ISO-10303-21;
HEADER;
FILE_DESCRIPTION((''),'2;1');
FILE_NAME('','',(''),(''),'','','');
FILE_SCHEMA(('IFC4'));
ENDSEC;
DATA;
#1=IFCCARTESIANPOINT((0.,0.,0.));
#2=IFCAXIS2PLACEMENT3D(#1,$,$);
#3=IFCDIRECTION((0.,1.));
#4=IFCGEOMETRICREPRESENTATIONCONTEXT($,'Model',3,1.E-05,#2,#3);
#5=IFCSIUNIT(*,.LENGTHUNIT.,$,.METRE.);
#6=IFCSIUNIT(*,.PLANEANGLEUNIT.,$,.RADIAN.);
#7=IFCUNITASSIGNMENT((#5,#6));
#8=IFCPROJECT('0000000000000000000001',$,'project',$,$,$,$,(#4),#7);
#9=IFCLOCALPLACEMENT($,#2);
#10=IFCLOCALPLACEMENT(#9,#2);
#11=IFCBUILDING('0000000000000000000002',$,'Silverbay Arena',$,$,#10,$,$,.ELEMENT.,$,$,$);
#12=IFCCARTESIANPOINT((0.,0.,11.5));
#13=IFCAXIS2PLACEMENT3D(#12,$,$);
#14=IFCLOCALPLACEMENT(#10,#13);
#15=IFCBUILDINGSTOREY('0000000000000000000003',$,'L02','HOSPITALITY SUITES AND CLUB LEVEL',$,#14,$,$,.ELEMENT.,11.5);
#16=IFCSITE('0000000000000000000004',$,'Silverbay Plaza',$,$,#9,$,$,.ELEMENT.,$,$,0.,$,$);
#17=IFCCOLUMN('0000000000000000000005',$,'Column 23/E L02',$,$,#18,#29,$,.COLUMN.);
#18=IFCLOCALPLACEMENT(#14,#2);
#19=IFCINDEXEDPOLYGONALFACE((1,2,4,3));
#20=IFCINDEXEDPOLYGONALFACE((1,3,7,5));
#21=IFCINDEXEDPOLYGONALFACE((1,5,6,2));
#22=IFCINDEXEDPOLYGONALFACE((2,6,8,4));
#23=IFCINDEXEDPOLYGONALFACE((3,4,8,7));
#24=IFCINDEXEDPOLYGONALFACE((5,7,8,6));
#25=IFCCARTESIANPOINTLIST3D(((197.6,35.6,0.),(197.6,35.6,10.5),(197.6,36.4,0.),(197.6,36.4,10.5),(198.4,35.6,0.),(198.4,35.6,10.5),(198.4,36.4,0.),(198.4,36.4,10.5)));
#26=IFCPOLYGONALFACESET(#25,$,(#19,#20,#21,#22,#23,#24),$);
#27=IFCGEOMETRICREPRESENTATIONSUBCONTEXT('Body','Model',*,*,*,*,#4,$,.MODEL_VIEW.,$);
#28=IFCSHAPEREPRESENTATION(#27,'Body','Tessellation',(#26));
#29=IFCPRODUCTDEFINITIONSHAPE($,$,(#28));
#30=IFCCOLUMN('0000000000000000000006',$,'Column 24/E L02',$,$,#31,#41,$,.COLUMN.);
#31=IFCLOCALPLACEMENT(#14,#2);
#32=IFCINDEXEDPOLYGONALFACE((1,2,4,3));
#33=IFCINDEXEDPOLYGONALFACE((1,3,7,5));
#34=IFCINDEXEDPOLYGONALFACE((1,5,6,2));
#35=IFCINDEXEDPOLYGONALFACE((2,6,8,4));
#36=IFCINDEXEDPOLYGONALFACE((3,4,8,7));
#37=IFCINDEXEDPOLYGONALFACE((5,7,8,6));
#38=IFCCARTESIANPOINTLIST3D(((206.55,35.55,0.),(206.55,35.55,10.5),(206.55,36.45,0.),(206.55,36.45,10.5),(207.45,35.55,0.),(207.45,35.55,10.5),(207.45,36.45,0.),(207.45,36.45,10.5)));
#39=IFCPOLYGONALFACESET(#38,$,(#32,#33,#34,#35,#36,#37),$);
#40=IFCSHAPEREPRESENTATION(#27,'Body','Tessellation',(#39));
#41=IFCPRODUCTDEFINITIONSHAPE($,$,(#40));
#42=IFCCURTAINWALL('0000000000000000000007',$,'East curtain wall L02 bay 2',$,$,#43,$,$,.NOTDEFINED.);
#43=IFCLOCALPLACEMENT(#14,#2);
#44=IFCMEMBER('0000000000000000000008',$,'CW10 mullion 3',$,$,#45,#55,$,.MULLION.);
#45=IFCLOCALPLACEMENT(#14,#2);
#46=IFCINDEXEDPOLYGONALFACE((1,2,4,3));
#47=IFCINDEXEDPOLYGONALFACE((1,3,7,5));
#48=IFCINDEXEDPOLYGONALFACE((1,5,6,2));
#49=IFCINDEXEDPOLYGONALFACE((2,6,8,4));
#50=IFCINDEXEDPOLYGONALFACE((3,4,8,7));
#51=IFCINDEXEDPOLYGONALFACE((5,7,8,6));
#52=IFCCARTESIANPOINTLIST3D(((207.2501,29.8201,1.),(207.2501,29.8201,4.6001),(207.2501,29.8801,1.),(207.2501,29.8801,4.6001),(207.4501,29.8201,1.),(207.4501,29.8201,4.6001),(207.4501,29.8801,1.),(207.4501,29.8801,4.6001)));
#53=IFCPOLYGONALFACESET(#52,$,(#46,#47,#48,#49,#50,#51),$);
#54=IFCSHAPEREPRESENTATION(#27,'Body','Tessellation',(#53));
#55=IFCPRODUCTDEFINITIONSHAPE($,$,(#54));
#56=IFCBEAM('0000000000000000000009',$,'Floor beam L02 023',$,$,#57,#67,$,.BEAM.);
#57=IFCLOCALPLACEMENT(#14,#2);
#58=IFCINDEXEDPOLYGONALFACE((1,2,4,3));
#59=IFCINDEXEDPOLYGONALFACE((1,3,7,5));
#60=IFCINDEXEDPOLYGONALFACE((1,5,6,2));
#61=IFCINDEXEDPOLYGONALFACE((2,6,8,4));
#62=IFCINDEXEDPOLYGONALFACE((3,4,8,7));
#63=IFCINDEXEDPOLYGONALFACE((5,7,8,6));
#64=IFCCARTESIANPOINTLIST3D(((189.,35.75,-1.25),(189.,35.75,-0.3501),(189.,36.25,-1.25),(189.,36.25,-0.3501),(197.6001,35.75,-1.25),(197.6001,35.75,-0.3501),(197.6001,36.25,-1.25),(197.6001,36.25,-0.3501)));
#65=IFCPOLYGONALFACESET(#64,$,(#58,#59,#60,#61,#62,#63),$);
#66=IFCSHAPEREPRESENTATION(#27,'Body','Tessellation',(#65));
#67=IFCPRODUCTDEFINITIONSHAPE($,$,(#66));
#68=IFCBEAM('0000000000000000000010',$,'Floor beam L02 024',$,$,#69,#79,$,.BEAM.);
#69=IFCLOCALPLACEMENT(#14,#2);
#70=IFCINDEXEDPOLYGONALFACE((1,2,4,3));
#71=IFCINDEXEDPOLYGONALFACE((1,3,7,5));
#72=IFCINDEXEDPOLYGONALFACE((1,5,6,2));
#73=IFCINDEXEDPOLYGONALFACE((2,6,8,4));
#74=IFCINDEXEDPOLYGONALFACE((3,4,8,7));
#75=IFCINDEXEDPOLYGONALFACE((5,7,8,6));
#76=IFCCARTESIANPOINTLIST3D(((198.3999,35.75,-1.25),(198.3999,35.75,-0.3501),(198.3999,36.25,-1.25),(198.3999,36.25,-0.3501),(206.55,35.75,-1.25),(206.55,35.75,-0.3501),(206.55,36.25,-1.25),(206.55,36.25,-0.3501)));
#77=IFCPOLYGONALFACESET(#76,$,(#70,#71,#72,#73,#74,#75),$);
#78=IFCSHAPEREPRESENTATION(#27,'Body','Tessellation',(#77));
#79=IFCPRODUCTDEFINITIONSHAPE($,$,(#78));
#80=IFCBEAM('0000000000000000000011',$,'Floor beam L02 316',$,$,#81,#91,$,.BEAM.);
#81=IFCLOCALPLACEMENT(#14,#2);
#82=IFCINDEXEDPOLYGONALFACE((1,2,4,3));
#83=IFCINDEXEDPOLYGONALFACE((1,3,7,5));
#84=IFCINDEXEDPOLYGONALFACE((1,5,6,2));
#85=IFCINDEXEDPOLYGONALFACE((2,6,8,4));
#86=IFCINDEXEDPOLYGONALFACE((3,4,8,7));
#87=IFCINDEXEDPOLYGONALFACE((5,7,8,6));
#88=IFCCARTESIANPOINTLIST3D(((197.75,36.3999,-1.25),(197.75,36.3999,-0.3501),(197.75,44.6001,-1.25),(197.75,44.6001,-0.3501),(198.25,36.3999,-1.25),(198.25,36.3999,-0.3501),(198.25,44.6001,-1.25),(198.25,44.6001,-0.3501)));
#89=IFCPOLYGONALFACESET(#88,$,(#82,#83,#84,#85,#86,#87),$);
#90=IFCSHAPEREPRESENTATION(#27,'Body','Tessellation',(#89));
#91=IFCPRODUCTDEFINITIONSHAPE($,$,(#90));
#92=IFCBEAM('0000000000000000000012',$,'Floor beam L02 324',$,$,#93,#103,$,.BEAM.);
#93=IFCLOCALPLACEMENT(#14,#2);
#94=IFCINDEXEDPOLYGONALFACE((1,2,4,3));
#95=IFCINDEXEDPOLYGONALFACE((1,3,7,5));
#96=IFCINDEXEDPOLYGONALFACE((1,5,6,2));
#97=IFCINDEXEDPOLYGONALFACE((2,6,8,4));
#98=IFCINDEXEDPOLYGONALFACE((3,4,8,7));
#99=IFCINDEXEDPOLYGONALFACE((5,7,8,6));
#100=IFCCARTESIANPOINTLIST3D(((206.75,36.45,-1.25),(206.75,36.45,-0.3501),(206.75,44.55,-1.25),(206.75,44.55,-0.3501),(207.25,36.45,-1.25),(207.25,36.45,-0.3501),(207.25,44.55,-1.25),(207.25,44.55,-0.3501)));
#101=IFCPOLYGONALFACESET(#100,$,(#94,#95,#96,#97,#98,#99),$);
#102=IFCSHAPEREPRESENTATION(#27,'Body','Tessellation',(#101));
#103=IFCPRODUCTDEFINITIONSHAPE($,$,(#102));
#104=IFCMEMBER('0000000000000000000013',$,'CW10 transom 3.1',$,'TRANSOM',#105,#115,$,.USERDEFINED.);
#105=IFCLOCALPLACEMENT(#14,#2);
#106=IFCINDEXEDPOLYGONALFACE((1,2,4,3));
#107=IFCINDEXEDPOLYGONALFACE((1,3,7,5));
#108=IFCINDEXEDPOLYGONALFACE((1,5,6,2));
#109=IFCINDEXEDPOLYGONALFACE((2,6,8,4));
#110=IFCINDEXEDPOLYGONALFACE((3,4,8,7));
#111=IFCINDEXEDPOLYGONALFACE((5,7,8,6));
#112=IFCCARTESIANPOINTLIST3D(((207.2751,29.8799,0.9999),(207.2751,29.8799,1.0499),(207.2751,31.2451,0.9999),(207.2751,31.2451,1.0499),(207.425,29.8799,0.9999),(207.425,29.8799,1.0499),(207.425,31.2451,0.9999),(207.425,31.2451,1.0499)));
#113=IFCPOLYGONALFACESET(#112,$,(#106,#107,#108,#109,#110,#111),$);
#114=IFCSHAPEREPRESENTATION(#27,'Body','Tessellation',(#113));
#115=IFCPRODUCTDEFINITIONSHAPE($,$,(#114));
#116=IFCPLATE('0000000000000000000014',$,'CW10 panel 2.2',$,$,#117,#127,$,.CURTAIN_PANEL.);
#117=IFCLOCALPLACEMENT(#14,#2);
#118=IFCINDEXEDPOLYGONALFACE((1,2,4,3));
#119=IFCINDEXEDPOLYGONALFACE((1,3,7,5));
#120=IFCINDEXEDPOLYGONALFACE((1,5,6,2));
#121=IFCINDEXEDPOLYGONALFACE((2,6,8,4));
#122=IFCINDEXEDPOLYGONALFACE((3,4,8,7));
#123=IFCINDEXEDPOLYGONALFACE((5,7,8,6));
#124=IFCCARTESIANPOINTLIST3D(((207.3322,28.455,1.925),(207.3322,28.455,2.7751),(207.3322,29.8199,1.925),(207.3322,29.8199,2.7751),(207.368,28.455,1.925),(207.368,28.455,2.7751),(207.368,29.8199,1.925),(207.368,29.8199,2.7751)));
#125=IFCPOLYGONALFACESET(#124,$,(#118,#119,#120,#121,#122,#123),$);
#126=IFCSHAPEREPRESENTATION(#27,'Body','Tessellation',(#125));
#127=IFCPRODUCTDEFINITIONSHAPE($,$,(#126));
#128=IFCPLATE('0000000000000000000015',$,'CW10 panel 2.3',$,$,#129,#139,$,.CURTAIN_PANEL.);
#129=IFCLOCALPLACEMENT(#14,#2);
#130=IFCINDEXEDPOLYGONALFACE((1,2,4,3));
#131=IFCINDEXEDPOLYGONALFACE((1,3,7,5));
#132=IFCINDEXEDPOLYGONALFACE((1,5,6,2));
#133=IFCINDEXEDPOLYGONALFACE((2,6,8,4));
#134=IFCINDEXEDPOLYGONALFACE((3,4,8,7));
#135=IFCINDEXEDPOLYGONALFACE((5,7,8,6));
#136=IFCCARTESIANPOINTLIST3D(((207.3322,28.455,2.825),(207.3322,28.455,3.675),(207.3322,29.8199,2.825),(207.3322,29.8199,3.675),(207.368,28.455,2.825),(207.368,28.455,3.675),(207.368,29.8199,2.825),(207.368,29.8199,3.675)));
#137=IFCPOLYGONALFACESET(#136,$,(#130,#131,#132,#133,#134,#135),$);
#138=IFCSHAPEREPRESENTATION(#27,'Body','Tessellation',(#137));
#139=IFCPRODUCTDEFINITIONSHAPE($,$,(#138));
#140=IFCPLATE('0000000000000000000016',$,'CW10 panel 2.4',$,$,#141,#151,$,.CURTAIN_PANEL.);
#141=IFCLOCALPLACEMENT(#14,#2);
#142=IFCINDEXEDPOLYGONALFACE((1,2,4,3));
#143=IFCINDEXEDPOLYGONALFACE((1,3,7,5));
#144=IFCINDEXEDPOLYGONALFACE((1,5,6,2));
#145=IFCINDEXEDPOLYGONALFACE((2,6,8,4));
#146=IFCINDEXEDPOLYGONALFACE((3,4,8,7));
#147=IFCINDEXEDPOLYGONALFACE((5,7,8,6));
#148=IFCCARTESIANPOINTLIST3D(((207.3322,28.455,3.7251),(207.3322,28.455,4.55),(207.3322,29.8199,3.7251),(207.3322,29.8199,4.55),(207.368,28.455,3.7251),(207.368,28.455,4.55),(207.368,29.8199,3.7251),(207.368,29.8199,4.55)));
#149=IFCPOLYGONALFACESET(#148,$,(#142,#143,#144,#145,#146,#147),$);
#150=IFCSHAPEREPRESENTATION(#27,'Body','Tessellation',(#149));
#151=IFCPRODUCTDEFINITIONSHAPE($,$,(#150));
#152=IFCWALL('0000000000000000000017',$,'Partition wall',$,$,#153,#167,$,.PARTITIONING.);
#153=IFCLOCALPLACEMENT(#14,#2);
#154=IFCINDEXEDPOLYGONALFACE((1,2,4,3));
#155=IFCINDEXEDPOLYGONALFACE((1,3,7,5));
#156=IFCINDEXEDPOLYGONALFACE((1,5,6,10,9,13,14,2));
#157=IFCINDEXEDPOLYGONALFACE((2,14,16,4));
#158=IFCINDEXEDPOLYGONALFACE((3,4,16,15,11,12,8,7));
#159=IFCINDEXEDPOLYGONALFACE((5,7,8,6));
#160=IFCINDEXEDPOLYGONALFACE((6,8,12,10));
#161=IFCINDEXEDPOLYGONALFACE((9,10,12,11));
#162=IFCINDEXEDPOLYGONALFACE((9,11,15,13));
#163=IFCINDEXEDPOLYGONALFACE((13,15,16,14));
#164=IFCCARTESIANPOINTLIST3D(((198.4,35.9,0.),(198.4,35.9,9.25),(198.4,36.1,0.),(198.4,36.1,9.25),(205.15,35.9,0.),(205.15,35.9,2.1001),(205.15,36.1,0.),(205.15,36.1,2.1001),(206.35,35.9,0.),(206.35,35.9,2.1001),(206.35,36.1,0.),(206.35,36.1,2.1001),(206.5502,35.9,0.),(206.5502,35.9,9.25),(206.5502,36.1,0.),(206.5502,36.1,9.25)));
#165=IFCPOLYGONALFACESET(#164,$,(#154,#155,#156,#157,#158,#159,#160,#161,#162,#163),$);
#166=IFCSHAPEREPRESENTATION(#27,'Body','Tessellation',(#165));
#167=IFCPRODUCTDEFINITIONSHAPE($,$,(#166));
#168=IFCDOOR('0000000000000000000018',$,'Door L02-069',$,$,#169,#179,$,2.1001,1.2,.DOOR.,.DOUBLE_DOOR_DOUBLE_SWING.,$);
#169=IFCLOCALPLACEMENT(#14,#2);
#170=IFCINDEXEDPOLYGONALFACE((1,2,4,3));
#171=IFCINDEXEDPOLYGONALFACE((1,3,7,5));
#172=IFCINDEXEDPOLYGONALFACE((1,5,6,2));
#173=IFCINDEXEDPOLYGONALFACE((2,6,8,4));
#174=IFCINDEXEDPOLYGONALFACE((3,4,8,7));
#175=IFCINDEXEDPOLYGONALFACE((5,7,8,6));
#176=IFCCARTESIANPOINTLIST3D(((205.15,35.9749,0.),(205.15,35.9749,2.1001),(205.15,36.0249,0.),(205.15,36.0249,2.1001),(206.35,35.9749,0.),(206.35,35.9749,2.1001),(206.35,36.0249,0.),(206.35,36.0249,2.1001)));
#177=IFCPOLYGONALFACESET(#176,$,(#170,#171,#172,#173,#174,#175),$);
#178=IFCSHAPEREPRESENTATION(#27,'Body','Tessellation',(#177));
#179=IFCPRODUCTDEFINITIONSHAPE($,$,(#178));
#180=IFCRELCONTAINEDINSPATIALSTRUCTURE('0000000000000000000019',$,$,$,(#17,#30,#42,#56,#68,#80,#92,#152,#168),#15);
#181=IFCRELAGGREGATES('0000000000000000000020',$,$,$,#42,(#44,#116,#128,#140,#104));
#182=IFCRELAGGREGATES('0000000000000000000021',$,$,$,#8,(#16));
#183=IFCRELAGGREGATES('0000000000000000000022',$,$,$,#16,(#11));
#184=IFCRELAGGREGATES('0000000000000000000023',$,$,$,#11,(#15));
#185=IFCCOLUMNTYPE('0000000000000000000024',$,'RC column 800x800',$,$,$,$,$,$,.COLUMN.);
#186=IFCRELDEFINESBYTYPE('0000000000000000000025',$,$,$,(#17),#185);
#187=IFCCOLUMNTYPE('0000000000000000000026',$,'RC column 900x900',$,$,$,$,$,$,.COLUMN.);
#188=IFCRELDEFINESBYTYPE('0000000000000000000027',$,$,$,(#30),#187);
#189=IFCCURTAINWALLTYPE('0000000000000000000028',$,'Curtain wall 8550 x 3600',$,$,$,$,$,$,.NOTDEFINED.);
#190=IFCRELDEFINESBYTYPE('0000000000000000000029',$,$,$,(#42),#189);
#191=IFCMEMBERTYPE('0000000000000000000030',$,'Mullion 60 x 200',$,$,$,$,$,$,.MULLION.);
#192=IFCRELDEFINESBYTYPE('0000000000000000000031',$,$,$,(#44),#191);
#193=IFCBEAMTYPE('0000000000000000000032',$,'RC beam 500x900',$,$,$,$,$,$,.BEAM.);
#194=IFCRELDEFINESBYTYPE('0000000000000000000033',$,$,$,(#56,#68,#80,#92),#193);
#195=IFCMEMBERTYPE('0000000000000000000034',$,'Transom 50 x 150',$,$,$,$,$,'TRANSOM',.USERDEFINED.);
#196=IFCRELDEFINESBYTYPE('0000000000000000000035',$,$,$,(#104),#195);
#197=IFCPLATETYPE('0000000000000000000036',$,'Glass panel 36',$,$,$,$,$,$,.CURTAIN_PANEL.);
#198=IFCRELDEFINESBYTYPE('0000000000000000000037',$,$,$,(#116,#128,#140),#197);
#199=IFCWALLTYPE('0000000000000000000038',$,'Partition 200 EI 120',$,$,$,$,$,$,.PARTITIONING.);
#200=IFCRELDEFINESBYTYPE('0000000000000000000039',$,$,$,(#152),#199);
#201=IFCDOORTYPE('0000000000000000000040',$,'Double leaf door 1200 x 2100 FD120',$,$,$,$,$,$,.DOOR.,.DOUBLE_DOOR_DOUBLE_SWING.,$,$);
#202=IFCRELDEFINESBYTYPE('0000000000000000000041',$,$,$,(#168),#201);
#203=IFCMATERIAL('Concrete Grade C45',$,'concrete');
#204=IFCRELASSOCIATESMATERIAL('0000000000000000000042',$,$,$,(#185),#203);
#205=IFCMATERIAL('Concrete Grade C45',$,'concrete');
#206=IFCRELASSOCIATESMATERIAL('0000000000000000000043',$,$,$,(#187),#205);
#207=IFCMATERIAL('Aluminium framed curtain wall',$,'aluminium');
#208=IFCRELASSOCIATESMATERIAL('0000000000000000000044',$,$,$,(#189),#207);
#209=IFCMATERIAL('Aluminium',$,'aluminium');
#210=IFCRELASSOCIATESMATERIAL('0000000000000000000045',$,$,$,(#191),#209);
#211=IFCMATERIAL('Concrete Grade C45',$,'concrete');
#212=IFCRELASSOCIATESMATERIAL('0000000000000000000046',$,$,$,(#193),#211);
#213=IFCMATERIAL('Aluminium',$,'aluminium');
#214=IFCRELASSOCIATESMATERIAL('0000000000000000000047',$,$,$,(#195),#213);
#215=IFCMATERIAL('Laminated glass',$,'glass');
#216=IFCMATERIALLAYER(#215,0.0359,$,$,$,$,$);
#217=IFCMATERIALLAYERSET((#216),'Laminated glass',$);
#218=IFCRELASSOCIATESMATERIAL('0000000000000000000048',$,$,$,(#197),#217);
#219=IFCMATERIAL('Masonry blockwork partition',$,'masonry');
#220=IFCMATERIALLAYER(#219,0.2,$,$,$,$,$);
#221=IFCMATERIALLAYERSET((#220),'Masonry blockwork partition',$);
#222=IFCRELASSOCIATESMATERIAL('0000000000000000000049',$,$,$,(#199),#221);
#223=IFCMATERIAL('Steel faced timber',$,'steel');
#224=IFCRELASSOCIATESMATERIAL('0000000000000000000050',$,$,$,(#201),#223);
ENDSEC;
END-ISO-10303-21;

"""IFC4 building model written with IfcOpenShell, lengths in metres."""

from ifc_helpers import new_model, si_unit, direction, frame, frame_2d, origin, origin_2d, place, context, subcontext, project, spatial, rectangle, extrude, material, layer, layer_set, material_profile, profile_set, type_object, element, fill, aggregate, save


model = new_model("IFC4")

# Units and contexts
model_context = context("Model", 3, precision=1e-05, world=origin(), true_north=direction((0.0, 1.0)))
body_context = subcontext(model_context, "Body", "Model", "MODEL_VIEW")
ifc_project = project(units=[si_unit("LENGTHUNIT", "METRE"), si_unit("PLANEANGLEUNIT", "RADIAN")], contexts=[model_context])

# Site, building, storey
site_placement = place(None, origin())
site = spatial("IfcSite", under=ifc_project, at=site_placement, Name="Silverbay Plaza", CompositionType="ELEMENT", RefElevation=0.0)
building_placement = place(site_placement, origin())
building = spatial("IfcBuilding", under=site, at=building_placement, Name="Silverbay Arena", CompositionType="ELEMENT")
storey_placement = place(building_placement, frame((0.0, 0.0, 11.5)))
storey = spatial("IfcBuildingStorey", under=building, at=storey_placement, Name="L02", Description="HOSPITALITY SUITES AND CLUB LEVEL", CompositionType="ELEMENT", Elevation=11.5)

# Columns
ifc_material_1 = material(Name="Concrete Grade C45", Category="concrete")
ifc_material_profile_1 = material_profile(ifc_material_1, rectangle(XDim=0.8, YDim=0.8, at=origin_2d()), Name="RC 800x800")
ifc_profile_set_1 = profile_set([ifc_material_profile_1], Name="Concrete Grade C45")
column_type_1 = type_object("IfcColumnType", Name="RC column 800x800", PredefinedType="COLUMN", material=ifc_profile_set_1)
column_1_placement = place(storey_placement, frame((198.0, 36.0, 0.0), z_axis=(0.0, 0.0, 1.0), x_axis=(1.0, 0.0, 0.0)))
element("IfcColumn", 1, at=column_1_placement, inside=storey, type_object=column_type_1, Name="Column 23/E L02", PredefinedType="COLUMN", context=body_context, shape_type="SweptSolid", body=[
    extrude(rectangle(XDim=0.8, YDim=0.8, at=origin_2d()), origin(), (0.0, 0.0, 1.0), 10.5),
])
ifc_material_2 = material(Name="Concrete Grade C45", Category="concrete")
ifc_material_profile_2 = material_profile(ifc_material_2, rectangle(XDim=0.8999, YDim=0.8999, at=origin_2d()), Name="RC 900x900")
ifc_profile_set_2 = profile_set([ifc_material_profile_2], Name="Concrete Grade C45")
column_type_2 = type_object("IfcColumnType", Name="RC column 900x900", PredefinedType="COLUMN", material=ifc_profile_set_2)
column_2_placement = place(storey_placement, frame((207.0, 36.0, 0.0), z_axis=(0.0, 0.0, 1.0), x_axis=(1.0, 0.0, 0.0)))
element("IfcColumn", 2, at=column_2_placement, inside=storey, type_object=column_type_2, Name="Column 24/E L02", PredefinedType="COLUMN", context=body_context, shape_type="SweptSolid", body=[
    extrude(rectangle(XDim=0.8999, YDim=0.8999, at=origin_2d()), origin(), (0.0, 0.0, 1.0), 10.5),
])

# Curtain wall, member
ifc_material_3 = material(Name="Aluminium framed curtain wall", Category="aluminium")
curtain_wall_type = type_object("IfcCurtainWallType", Name="Curtain wall 8550 x 3600", PredefinedType="NOTDEFINED", material=ifc_material_3)
curtain_wall_placement = place(storey_placement, origin())
curtain_wall = element("IfcCurtainWall", 3, at=curtain_wall_placement, inside=storey, type_object=curtain_wall_type, Name="East curtain wall L02 bay 2", PredefinedType="NOTDEFINED")
ifc_material_4 = material(Name="Aluminium", Category="aluminium")
ifc_material_profile_3 = material_profile(ifc_material_4, rectangle(XDim=0.2, YDim=0.0601, at=origin_2d()), Name="Mullion 60 x 200")
ifc_profile_set_3 = profile_set([ifc_material_profile_3], Name="Aluminium")
member_type_1 = type_object("IfcMemberType", Name="Mullion 60 x 200", PredefinedType="MULLION", material=ifc_profile_set_3)
member_1_placement = place(storey_placement, frame((207.3501, 29.8501, 1.0), z_axis=(0.0, 0.0, 1.0), x_axis=(-1.0, 0.0, 0.0)))
member_1 = element("IfcMember", 4, at=member_1_placement, type_object=member_type_1, Name="CW10 mullion 3", PredefinedType="MULLION", context=body_context, shape_type="SweptSolid", body=[
    extrude(rectangle(XDim=0.2, YDim=0.0601, at=origin_2d()), origin(), (0.0, 0.0, 1.0), 3.6001),
])

# Beams
ifc_material_5 = material(Name="Concrete Grade C45", Category="concrete")
ifc_material_profile_4 = material_profile(ifc_material_5, rectangle(XDim=0.5, YDim=0.8999, at=origin_2d()), Name="RC 500x900")
ifc_profile_set_4 = profile_set([ifc_material_profile_4], Name="Concrete Grade C45")
beam_type = type_object("IfcBeamType", Name="RC beam 500x900", PredefinedType="BEAM", material=ifc_profile_set_4)
beam_1_placement = place(storey_placement, frame((189.0, 36.0, -0.8), z_axis=(1.0, 0.0, 0.0), x_axis=(0.0, 1.0, 0.0)))
element("IfcBeam", 5, at=beam_1_placement, inside=storey, type_object=beam_type, Name="Floor beam L02 023", PredefinedType="BEAM", context=body_context, shape_type="SweptSolid", body=[
    extrude(rectangle(XDim=0.5, YDim=0.8999, at=origin_2d()), origin(), (0.0, 0.0, 1.0), 8.6001),
])
beam_2_placement = place(storey_placement, frame((198.3999, 36.0, -0.8), z_axis=(1.0, 0.0, 0.0), x_axis=(0.0, 1.0, 0.0)))
element("IfcBeam", 6, at=beam_2_placement, inside=storey, type_object=beam_type, Name="Floor beam L02 024", PredefinedType="BEAM", context=body_context, shape_type="SweptSolid", body=[
    extrude(rectangle(XDim=0.5, YDim=0.8999, at=origin_2d()), origin(), (0.0, 0.0, 1.0), 8.1501),
])
beam_3_placement = place(storey_placement, frame((198.0, 36.3999, -0.8), z_axis=(0.0, 1.0, 0.0), x_axis=(-1.0, 0.0, 0.0)))
element("IfcBeam", 7, at=beam_3_placement, inside=storey, type_object=beam_type, Name="Floor beam L02 316", PredefinedType="BEAM", context=body_context, shape_type="SweptSolid", body=[
    extrude(rectangle(XDim=0.5, YDim=0.8999, at=origin_2d()), origin(), (0.0, 0.0, 1.0), 8.2002),
])
beam_4_placement = place(storey_placement, frame((207.0, 36.45, -0.8), z_axis=(0.0, 1.0, 0.0), x_axis=(-1.0, 0.0, 0.0)))
element("IfcBeam", 8, at=beam_4_placement, inside=storey, type_object=beam_type, Name="Floor beam L02 324", PredefinedType="BEAM", context=body_context, shape_type="SweptSolid", body=[
    extrude(rectangle(XDim=0.5, YDim=0.8999, at=origin_2d()), origin(), (0.0, 0.0, 1.0), 8.1001),
])

# Member
ifc_material_6 = material(Name="Aluminium", Category="aluminium")
ifc_material_profile_5 = material_profile(ifc_material_6, rectangle(XDim=0.1499, YDim=0.05, at=origin_2d()), Name="Transom 50 x 150")
ifc_profile_set_5 = profile_set([ifc_material_profile_5], Name="Aluminium")
member_type_2 = type_object("IfcMemberType", Name="Transom 50 x 150", ElementType="TRANSOM", PredefinedType="USERDEFINED", material=ifc_profile_set_5)
member_2_placement = place(storey_placement, frame((207.3501, 29.8799, 1.0249), z_axis=(0.0, 1.0, 0.0), x_axis=(-1.0, 0.0, 0.0)))
member_2 = element("IfcMember", 9, at=member_2_placement, type_object=member_type_2, Name="CW10 transom 3.1", ObjectType="TRANSOM", PredefinedType="USERDEFINED", context=body_context, shape_type="SweptSolid", body=[
    extrude(rectangle(XDim=0.1499, YDim=0.05, at=origin_2d()), origin(), (0.0, 0.0, 1.0), 1.3652),
])

# Plates
ifc_material_7 = material(Name="Laminated glass", Category="glass")
ifc_layer_1 = layer(ifc_material_7, 0.0359)
ifc_layer_set_1 = layer_set([ifc_layer_1], Name="Laminated glass")
plate_type = type_object("IfcPlateType", Name="Glass panel 36", PredefinedType="CURTAIN_PANEL", material=ifc_layer_set_1)
plate_1_placement = place(storey_placement, frame((207.3501, 29.1375, 1.925), z_axis=(0.0, 0.0, 1.0), x_axis=(0.0, 1.0, 0.0)))
plate_1 = element("IfcPlate", 10, at=plate_1_placement, type_object=plate_type, Name="CW10 panel 2.2", PredefinedType="CURTAIN_PANEL", context=body_context, shape_type="SweptSolid", body=[
    extrude(rectangle(XDim=1.365, YDim=0.0359, at=origin_2d()), origin(), (0.0, 0.0, 1.0), 0.8501),
])
plate_2_placement = place(storey_placement, frame((207.3501, 29.1375, 2.825), z_axis=(0.0, 0.0, 1.0), x_axis=(0.0, 1.0, 0.0)))
plate_2 = element("IfcPlate", 11, at=plate_2_placement, type_object=plate_type, Name="CW10 panel 2.3", PredefinedType="CURTAIN_PANEL", context=body_context, shape_type="SweptSolid", body=[
    extrude(rectangle(XDim=1.365, YDim=0.0359, at=origin_2d()), origin(), (0.0, 0.0, 1.0), 0.8501),
])
plate_3_placement = place(storey_placement, frame((207.3501, 29.1375, 3.7251), z_axis=(0.0, 0.0, 1.0), x_axis=(0.0, 1.0, 0.0)))
plate_3 = element("IfcPlate", 12, at=plate_3_placement, type_object=plate_type, Name="CW10 panel 2.4", PredefinedType="CURTAIN_PANEL", context=body_context, shape_type="SweptSolid", body=[
    extrude(rectangle(XDim=1.365, YDim=0.0359, at=origin_2d()), origin(), (0.0, 0.0, 1.0), 0.825),
])
aggregate(curtain_wall, [member_1, plate_1, plate_2, plate_3, member_2])

# Wall, opening, door
ifc_material_8 = material(Name="Masonry blockwork partition", Category="masonry")
ifc_layer_2 = layer(ifc_material_8, 0.2)
ifc_layer_set_2 = layer_set([ifc_layer_2], Name="Masonry blockwork partition")
wall_type = type_object("IfcWallType", Name="Partition 200 EI 120", PredefinedType="PARTITIONING", material=ifc_layer_set_2)
wall_1_placement = place(storey_placement, frame((198.3999, 36.0, 0.0), z_axis=(0.0, 0.0, 1.0), x_axis=(1.0, 0.0, 0.0)))
wall_1 = element("IfcWall", 13, at=wall_1_placement, inside=storey, type_object=wall_type, Name="Partition wall", PredefinedType="PARTITIONING", context=body_context, shape_type="SweptSolid", body=[
    extrude(rectangle(XDim=8.1501, YDim=0.2, at=frame_2d((4.0752, 0.0))), origin(), (0.0, 0.0, 1.0), 9.25),
])
opening_1_placement = place(wall_1_placement, frame((6.75, 0.0, 0.0)))
opening_1 = element("IfcOpeningElement", 14, at=opening_1_placement, cuts=wall_1, PredefinedType="OPENING", context=body_context, shape_type="SweptSolid", body=[
    extrude(rectangle(XDim=1.2, YDim=2.1001, at=frame_2d((0.6001, 1.05))), frame((0.0, 0.1099, 0.0), z_axis=(0.0, -1.0, 0.0), x_axis=(1.0, 0.0, 0.0)), (0.0, 0.0, 1.0), 0.22),
])
ifc_material_9 = material(Name="Steel faced timber", Category="steel")
door_type_1 = type_object("IfcDoorType", Name="Double leaf door 1200 x 2100 FD120", OperationType="DOUBLE_DOOR_DOUBLE_SWING", PredefinedType="DOOR", material=ifc_material_9)
door_1_placement = place(opening_1_placement, origin())
door_1 = element("IfcDoor", 15, at=door_1_placement, inside=storey, type_object=door_type_1, Name="Door L02-069", OperationType="DOUBLE_DOOR_DOUBLE_SWING", OverallHeight=2.1001, OverallWidth=1.2, PredefinedType="DOOR", context=body_context, shape_type="SweptSolid", body=[
    extrude(rectangle(XDim=1.2, YDim=2.1001, at=frame_2d((0.6001, 1.05))), frame((0.0, 0.0249, 0.0), z_axis=(0.0, -1.0, 0.0), x_axis=(1.0, 0.0, 0.0)), (0.0, 0.0, 1.0), 0.05),
])
fill(opening_1, door_1)

save(model, "model.ifc")
